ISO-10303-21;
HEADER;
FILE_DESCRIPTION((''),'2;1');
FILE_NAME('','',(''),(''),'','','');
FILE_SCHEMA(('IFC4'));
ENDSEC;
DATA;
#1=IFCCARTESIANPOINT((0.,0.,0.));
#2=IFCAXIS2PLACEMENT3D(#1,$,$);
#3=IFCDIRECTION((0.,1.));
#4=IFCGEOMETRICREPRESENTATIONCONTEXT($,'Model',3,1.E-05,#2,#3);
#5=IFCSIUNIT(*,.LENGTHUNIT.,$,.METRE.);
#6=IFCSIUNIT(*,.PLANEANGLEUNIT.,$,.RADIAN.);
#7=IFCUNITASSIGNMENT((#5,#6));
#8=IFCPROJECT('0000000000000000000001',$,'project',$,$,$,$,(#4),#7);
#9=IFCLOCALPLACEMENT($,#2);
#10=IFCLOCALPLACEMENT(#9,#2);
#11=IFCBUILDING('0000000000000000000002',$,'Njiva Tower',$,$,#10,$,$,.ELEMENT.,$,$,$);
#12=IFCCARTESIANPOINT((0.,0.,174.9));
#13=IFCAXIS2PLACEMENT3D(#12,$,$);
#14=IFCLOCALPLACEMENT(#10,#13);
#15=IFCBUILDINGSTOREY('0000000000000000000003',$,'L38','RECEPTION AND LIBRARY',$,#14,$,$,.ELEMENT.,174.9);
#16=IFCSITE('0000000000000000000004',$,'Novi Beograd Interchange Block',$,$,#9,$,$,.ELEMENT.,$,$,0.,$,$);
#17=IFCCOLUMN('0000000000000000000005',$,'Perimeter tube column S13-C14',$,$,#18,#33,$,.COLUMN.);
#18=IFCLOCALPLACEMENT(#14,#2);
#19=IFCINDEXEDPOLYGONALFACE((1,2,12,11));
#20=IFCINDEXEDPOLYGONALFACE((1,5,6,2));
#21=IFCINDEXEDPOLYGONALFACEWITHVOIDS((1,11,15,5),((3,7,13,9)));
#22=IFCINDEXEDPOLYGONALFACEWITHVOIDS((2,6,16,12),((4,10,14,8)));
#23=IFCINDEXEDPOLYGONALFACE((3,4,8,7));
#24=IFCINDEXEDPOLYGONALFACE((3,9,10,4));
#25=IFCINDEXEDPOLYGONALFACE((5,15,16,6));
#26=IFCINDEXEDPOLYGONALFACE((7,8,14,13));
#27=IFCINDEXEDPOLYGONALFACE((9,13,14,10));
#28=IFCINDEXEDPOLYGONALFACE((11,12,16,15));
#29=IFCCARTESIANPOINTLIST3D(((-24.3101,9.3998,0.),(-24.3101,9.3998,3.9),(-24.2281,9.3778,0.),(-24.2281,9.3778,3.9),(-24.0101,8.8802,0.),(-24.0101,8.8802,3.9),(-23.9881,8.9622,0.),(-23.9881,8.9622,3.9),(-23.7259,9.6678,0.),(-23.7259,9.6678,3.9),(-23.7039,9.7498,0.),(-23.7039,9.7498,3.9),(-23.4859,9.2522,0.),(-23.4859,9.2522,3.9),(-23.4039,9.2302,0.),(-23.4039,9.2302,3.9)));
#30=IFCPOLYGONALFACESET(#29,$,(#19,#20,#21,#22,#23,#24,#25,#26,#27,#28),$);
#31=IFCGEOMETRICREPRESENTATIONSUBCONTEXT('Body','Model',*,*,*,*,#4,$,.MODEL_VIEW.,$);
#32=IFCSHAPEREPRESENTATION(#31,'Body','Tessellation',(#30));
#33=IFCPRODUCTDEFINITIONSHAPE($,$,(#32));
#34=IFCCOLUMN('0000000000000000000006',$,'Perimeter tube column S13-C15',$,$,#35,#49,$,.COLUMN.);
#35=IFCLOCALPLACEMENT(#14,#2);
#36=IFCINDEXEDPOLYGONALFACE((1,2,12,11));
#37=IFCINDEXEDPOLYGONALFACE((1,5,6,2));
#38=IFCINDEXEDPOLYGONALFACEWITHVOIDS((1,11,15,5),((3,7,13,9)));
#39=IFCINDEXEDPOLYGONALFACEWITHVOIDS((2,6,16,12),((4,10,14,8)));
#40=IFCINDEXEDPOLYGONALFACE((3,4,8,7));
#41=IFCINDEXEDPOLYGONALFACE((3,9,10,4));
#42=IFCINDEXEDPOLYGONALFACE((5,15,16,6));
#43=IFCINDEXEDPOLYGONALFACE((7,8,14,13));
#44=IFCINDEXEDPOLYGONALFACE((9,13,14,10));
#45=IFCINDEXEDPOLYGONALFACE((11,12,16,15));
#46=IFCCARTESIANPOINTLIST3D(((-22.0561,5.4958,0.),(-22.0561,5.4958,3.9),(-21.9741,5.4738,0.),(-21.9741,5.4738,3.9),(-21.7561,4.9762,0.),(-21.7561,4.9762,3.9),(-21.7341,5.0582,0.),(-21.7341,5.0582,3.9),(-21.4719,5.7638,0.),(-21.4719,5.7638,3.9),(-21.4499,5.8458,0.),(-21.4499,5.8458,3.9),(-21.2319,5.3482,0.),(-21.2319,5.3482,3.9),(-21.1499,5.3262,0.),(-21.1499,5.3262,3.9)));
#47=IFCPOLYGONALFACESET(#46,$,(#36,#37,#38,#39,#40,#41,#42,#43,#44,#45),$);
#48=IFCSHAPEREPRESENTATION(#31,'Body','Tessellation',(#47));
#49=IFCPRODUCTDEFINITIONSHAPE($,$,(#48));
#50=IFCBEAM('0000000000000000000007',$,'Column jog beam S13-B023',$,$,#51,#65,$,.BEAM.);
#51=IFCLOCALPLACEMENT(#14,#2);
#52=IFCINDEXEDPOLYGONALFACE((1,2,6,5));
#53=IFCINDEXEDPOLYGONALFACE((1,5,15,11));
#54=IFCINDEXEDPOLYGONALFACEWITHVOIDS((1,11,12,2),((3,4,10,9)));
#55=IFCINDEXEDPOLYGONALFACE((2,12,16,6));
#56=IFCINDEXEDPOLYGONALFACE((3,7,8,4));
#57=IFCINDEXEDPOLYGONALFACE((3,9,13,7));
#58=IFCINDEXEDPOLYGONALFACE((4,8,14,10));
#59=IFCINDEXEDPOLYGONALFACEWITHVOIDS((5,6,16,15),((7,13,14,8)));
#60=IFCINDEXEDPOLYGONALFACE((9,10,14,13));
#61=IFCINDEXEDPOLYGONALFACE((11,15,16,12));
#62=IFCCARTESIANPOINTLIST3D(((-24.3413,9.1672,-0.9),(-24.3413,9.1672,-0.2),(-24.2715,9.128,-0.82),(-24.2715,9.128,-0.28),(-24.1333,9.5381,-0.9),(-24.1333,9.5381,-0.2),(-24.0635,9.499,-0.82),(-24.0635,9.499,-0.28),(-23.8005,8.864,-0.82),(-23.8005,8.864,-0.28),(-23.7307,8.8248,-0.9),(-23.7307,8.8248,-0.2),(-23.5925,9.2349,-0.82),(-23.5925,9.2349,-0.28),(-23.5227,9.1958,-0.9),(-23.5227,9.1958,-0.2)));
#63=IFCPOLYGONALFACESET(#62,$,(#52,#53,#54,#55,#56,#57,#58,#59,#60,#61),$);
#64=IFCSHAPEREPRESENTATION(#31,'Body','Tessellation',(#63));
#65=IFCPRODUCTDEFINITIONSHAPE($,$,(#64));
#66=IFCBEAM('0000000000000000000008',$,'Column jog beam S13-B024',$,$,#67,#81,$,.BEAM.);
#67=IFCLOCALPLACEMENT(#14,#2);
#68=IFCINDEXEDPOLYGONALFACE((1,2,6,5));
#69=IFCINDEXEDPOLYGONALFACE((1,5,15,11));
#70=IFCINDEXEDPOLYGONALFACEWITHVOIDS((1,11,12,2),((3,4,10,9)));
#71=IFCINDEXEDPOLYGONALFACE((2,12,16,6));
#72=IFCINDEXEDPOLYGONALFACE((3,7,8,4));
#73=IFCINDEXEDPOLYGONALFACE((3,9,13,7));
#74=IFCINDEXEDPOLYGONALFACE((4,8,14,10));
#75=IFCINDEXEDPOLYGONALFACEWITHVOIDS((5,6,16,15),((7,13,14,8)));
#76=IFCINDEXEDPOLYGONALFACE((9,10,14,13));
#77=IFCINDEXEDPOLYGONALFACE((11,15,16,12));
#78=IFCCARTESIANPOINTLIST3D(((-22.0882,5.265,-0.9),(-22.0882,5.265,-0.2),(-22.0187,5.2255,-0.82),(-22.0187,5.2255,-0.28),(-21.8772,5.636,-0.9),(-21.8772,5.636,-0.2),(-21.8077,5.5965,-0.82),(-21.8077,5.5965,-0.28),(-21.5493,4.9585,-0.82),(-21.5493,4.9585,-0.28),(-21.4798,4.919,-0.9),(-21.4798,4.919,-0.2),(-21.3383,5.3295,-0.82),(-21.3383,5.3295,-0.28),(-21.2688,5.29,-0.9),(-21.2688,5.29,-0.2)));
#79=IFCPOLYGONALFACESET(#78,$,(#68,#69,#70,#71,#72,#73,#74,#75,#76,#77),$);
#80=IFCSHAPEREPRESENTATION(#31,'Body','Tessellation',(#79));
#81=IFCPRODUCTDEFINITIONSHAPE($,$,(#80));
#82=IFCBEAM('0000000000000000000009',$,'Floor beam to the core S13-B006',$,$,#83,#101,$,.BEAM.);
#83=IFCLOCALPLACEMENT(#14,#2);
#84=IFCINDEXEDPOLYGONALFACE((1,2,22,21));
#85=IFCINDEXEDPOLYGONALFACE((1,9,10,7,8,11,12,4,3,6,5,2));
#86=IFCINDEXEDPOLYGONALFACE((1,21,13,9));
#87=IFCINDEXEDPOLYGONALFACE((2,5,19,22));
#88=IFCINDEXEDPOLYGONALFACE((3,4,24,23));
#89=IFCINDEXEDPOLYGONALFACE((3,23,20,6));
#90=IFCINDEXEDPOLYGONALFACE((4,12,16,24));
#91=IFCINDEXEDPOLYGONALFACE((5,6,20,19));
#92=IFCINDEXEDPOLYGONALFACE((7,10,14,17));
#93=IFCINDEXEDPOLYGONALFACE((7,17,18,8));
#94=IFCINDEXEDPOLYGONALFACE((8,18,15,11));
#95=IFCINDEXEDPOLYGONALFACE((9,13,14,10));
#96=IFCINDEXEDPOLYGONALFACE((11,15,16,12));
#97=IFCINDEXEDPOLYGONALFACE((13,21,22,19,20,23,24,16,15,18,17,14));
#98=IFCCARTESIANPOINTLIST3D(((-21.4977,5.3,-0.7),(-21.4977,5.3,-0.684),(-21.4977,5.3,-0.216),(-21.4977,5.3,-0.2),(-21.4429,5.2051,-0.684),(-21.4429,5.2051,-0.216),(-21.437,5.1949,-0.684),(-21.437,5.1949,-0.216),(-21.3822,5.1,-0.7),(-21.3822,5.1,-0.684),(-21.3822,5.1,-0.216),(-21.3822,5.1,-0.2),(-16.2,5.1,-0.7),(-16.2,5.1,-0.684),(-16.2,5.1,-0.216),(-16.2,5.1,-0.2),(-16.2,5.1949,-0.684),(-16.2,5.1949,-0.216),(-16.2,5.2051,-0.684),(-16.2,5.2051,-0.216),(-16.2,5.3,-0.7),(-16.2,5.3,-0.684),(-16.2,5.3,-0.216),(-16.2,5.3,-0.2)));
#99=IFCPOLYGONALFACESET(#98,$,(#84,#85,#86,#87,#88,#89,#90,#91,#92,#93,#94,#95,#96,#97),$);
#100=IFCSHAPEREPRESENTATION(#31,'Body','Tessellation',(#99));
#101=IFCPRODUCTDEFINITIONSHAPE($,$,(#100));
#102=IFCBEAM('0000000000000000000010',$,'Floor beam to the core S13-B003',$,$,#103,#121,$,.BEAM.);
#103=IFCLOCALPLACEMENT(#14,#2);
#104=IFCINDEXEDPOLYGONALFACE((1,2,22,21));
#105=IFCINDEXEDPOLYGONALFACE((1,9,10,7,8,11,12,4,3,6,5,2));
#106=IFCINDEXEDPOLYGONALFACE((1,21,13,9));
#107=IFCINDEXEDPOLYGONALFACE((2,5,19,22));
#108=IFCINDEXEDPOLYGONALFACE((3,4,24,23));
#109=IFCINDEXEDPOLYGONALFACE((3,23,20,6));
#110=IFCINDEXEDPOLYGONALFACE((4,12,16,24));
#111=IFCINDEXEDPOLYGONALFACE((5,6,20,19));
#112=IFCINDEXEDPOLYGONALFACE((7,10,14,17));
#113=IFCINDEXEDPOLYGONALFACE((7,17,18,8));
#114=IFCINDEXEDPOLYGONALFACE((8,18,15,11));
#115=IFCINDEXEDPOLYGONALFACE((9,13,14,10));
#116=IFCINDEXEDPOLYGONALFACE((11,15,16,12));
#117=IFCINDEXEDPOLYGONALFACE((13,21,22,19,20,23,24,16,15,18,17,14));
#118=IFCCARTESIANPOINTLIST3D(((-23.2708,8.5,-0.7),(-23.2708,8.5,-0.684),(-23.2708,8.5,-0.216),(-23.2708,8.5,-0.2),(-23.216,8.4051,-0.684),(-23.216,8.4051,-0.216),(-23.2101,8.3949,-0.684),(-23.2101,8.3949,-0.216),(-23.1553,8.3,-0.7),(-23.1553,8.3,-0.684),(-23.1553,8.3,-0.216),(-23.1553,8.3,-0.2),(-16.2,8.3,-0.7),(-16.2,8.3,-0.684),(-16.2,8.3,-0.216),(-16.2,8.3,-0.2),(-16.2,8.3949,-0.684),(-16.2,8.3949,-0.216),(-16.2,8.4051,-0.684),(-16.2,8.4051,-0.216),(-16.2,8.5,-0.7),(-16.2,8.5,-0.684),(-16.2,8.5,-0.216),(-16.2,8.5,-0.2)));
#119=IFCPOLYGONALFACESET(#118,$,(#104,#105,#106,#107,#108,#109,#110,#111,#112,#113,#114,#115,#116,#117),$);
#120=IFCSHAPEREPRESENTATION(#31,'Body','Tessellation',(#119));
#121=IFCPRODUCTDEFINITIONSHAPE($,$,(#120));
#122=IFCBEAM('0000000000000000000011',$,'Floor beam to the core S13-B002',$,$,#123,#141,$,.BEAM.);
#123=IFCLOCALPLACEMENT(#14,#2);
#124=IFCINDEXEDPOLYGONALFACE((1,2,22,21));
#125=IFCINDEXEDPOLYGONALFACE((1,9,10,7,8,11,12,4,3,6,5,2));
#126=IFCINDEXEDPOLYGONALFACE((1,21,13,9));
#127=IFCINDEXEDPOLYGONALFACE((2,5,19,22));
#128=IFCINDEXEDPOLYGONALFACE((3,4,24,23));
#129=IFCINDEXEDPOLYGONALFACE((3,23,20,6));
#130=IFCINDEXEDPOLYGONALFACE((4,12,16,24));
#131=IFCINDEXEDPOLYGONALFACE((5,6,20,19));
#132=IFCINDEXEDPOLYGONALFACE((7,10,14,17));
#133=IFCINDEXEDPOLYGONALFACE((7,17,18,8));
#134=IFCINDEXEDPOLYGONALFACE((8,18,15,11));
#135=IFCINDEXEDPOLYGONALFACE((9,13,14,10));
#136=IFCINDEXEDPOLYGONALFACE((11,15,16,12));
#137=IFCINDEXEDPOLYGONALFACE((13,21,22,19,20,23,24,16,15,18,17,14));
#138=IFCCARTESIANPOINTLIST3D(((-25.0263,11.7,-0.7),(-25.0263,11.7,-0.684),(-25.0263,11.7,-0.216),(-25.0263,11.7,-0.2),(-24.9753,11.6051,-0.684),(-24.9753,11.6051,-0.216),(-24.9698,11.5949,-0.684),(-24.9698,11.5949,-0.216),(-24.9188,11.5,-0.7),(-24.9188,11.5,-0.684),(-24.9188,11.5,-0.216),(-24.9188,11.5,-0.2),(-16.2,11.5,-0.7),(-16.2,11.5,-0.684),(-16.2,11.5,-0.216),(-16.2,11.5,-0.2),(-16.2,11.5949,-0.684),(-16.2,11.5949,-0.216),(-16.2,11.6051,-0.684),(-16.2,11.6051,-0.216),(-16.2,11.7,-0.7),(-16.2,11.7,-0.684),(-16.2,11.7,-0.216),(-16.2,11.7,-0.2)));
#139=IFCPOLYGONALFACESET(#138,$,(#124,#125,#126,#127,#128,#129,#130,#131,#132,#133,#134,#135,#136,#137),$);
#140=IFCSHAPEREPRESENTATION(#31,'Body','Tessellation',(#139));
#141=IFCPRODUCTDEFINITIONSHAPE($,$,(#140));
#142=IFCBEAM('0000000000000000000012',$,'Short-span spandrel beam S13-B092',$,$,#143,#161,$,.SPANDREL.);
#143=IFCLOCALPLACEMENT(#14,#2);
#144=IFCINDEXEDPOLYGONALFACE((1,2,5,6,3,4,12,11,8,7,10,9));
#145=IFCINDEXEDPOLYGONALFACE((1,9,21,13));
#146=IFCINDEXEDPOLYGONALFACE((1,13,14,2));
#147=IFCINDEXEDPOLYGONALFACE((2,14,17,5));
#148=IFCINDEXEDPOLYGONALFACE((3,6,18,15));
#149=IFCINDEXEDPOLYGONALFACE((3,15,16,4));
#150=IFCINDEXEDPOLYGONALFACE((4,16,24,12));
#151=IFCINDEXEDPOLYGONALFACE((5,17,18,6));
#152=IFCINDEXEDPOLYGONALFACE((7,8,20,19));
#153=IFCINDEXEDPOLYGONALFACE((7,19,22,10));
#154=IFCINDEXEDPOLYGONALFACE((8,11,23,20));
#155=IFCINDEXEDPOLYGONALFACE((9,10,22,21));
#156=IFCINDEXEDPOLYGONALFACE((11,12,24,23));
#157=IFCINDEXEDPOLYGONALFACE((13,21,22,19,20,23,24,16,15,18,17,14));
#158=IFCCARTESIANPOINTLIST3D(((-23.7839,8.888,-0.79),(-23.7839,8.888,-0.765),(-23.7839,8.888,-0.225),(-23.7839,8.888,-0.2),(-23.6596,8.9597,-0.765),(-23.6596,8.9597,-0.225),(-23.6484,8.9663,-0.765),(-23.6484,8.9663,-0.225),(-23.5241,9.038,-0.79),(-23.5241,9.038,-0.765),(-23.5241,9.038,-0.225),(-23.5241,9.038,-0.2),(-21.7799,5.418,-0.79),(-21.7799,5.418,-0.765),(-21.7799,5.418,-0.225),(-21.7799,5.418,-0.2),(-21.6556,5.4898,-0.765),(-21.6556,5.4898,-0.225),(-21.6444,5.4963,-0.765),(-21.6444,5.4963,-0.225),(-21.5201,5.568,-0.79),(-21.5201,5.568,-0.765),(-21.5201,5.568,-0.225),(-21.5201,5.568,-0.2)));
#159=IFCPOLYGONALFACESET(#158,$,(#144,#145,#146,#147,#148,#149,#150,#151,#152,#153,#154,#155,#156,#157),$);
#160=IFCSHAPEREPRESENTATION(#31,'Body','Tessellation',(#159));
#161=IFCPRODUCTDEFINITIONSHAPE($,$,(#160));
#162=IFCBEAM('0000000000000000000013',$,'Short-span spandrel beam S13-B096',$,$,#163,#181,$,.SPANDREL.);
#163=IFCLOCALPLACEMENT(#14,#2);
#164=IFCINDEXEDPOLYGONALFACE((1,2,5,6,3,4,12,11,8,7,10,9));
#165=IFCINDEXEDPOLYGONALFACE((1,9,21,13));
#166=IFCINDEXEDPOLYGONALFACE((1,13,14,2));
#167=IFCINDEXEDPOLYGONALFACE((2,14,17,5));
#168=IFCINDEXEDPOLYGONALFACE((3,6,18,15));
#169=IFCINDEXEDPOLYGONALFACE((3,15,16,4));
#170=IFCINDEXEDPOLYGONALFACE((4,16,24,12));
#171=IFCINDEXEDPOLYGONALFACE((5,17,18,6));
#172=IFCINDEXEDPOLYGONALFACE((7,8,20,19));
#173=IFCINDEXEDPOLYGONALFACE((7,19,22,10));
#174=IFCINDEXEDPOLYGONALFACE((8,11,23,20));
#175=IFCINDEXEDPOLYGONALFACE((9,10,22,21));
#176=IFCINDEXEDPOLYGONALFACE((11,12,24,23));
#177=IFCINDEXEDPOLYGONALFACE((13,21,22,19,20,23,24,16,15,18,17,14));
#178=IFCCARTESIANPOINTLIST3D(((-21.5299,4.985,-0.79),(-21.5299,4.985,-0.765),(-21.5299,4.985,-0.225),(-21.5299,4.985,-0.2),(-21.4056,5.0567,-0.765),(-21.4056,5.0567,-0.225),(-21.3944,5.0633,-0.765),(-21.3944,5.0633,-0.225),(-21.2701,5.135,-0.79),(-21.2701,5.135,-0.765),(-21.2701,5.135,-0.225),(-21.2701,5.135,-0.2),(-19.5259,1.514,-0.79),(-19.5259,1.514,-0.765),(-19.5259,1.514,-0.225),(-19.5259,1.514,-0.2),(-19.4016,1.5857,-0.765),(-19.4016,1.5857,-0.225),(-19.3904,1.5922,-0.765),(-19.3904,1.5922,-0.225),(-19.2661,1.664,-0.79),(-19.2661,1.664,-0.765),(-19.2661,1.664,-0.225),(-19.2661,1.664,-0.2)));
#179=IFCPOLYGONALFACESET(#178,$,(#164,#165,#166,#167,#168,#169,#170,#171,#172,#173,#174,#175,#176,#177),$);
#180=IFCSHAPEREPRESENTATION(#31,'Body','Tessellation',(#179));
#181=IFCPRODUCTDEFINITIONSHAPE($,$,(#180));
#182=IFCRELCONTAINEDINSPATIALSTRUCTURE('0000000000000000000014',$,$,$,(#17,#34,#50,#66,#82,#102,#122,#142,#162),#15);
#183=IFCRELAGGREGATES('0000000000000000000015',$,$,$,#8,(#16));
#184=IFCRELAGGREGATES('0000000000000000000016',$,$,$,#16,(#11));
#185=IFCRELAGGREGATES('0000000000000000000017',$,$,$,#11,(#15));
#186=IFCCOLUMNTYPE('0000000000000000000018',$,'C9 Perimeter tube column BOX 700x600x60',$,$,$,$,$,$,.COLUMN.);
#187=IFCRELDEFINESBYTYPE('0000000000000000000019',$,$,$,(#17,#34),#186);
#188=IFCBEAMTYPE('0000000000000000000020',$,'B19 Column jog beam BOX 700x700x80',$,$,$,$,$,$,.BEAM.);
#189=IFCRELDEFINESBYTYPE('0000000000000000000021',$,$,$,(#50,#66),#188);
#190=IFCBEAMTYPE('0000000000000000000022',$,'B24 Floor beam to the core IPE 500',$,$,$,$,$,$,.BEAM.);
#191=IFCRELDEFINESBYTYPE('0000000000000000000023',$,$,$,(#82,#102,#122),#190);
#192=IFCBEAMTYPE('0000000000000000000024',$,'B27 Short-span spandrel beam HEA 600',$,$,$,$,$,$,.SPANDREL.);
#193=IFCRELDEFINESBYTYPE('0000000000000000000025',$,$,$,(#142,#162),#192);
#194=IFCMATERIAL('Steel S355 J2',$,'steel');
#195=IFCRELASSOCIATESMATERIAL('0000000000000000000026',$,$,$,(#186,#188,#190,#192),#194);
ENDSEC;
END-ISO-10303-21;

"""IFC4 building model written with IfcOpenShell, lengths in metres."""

from ifc_helpers import new_model, si_unit, direction, frame, origin, origin_2d, place, context, subcontext, project, spatial, hollow_rectangle, i_section, extrude, clip, halfspace, material, material_profile, profile_set, type_object, element, save


model = new_model("IFC4")

# Units and contexts
model_context = context("Model", 3, precision=1e-05, world=origin(), true_north=direction((0.0, 1.0)))
body_context = subcontext(model_context, "Body", "Model", "MODEL_VIEW")
ifc_project = project(units=[si_unit("LENGTHUNIT", "METRE"), si_unit("PLANEANGLEUNIT", "RADIAN")], contexts=[model_context])

# Site, building, storey
site_placement = place(None, origin())
site = spatial("IfcSite", under=ifc_project, at=site_placement, Name="Novi Beograd Interchange Block", CompositionType="ELEMENT", RefElevation=0.0)
building_placement = place(site_placement, origin())
building = spatial("IfcBuilding", under=site, at=building_placement, Name="Njiva Tower", CompositionType="ELEMENT")
storey_placement = place(building_placement, frame((0.0, 0.0, 174.9)))
storey = spatial("IfcBuildingStorey", under=building, at=storey_placement, Name="L38", Description="RECEPTION AND LIBRARY", CompositionType="ELEMENT", Elevation=174.9)

# Columns
ifc_material_1 = material(Name="Steel S355 J2", Category="steel")
ifc_material_profile_1 = material_profile(ifc_material_1, hollow_rectangle(XDim=0.6, YDim=0.7, WallThickness=0.06, at=origin_2d()), Name="BOX 700x600x60")
ifc_profile_set_1 = profile_set([ifc_material_profile_1], Name="Steel S355 J2")
column_type = type_object("IfcColumnType", Name="C9 Perimeter tube column BOX 700x600x60", PredefinedType="COLUMN", material=ifc_profile_set_1)
for number, where, z_axis, x_axis, name in (
    (1, (-23.857, 9.315, 0.0), (0.0, 0.0, 1.0), (0.5, -0.866025, 0.0), "Perimeter tube column S13-C14"),
    (2, (-21.603, 5.411, 0.0), (0.0, 0.0, 1.0), (0.5, -0.866025, 0.0), "Perimeter tube column S13-C15"),
):
    element("IfcColumn", number, at=place(storey_placement, frame(where, z_axis=z_axis, x_axis=x_axis)), inside=storey, type_object=column_type, Name=name, PredefinedType="COLUMN", context=body_context, shape_type="SweptSolid", body=[
        extrude(hollow_rectangle(XDim=0.6, YDim=0.7, WallThickness=0.06, at=origin_2d()), origin(), (0.0, 0.0, 1.0), 3.9),
    ])

# Beams
ifc_material_profile_2 = material_profile(ifc_material_1, hollow_rectangle(XDim=0.7, YDim=0.7, WallThickness=0.08, at=origin_2d()), Name="BOX 700x700x80")
ifc_profile_set_2 = profile_set([ifc_material_profile_2], Name="Steel S355 J2")
beam_type_1 = type_object("IfcBeamType", Name="B19 Column jog beam BOX 700x700x80", PredefinedType="BEAM", material=ifc_profile_set_2)
beam_1_placement = place(storey_placement, frame((-24.036, 8.996, -0.55), z_axis=(0.489033, 0.872265, 0.0), x_axis=(-0.872265, 0.489033, 0.0)))
element("IfcBeam", 3, at=beam_1_placement, inside=storey, type_object=beam_type_1, Name="Column jog beam S13-B023", PredefinedType="BEAM", context=body_context, shape_type="SweptSolid", body=[
    extrude(hollow_rectangle(XDim=0.7, YDim=0.7, WallThickness=0.08, at=origin_2d()), origin(), (0.0, 0.0, 1.0), 0.4253),
])
beam_2_placement = place(storey_placement, frame((-21.784, 5.092, -0.55), z_axis=(0.494372, 0.869251, 0.0), x_axis=(-0.869251, 0.494372, 0.0)))
element("IfcBeam", 4, at=beam_2_placement, inside=storey, type_object=beam_type_1, Name="Column jog beam S13-B024", PredefinedType="BEAM", context=body_context, shape_type="SweptSolid", body=[
    extrude(hollow_rectangle(XDim=0.7, YDim=0.7, WallThickness=0.08, at=origin_2d()), origin(), (0.0, 0.0, 1.0), 0.4268),
])
ifc_material_profile_3 = material_profile(ifc_material_1, i_section(OverallWidth=0.2, OverallDepth=0.5, WebThickness=0.0102, FlangeThickness=0.016, at=origin_2d()), Name="IPE 500")
ifc_profile_set_3 = profile_set([ifc_material_profile_3], Name="Steel S355 J2")
beam_type_2 = type_object("IfcBeamType", Name="B24 Floor beam to the core IPE 500", PredefinedType="BEAM", material=ifc_profile_set_3)
beam_3_placement = place(storey_placement, frame((-21.518, 5.2, -0.45), z_axis=(1.0, 0.0, 0.0), x_axis=(0.0, 1.0, 0.0)))
element("IfcBeam", 5, at=beam_3_placement, inside=storey, type_object=beam_type_2, Name="Floor beam to the core S13-B006", PredefinedType="BEAM", context=body_context, shape_type="Clipping", body=[
    clip(extrude(i_section(OverallWidth=0.2, OverallDepth=0.5, WebThickness=0.0102, FlangeThickness=0.016, at=origin_2d()), origin(), (0.0, 0.0, 1.0), 5.318), halfspace(frame((-0.025, 0.0, 0.0925), z_axis=(-0.499998, 0.0, -0.866027), x_axis=(0.0, -1.0, 0.0)), False)),
])
beam_4_placement = place(storey_placement, frame((-23.291, 8.4, -0.45), z_axis=(1.0, 0.0, 0.0), x_axis=(0.0, 1.0, 0.0)))
element("IfcBeam", 6, at=beam_4_placement, inside=storey, type_object=beam_type_2, Name="Floor beam to the core S13-B003", PredefinedType="BEAM", context=body_context, shape_type="Clipping", body=[
    clip(extrude(i_section(OverallWidth=0.2, OverallDepth=0.5, WebThickness=0.0102, FlangeThickness=0.016, at=origin_2d()), origin(), (0.0, 0.0, 1.0), 7.091), halfspace(frame((-0.025, 0.0, 0.0924), z_axis=(-0.499998, 0.0, -0.866027), x_axis=(0.0, -1.0, 0.0)), False)),
])
beam_5_placement = place(storey_placement, frame((-25.047, 11.6, -0.45), z_axis=(1.0, 0.0, 0.0), x_axis=(0.0, 1.0, 0.0)))
element("IfcBeam", 7, at=beam_5_placement, inside=storey, type_object=beam_type_2, Name="Floor beam to the core S13-B002", PredefinedType="BEAM", context=body_context, shape_type="Clipping", body=[
    clip(extrude(i_section(OverallWidth=0.2, OverallDepth=0.5, WebThickness=0.0102, FlangeThickness=0.016, at=origin_2d()), origin(), (0.0, 0.0, 1.0), 8.847), halfspace(frame((-0.0237, 0.0, 0.0872), z_axis=(-0.473777, 0.0, -0.880645), x_axis=(0.0, -1.0, 0.0)), False)),
])
ifc_material_profile_4 = material_profile(ifc_material_1, i_section(OverallWidth=0.3, OverallDepth=0.59, WebThickness=0.013, FlangeThickness=0.025, at=origin_2d()), Name="HEA 600")
ifc_profile_set_4 = profile_set([ifc_material_profile_4], Name="Steel S355 J2")
beam_type_3 = type_object("IfcBeamType", Name="B27 Short-span spandrel beam HEA 600", PredefinedType="SPANDREL", material=ifc_profile_set_4)
beam_6_placement = place(storey_placement, frame((-23.654, 8.963, -0.495), z_axis=(0.500111, -0.865961, 0.0), x_axis=(0.865961, 0.500111, 0.0)))
element("IfcBeam", 8, at=beam_6_placement, inside=storey, type_object=beam_type_3, Name="Short-span spandrel beam S13-B092", PredefinedType="SPANDREL", context=body_context, shape_type="SweptSolid", body=[
    extrude(i_section(OverallWidth=0.3, OverallDepth=0.59, WebThickness=0.013, FlangeThickness=0.025, at=origin_2d()), origin(), (0.0, 0.0, 1.0), 4.0071),
])
beam_7_placement = place(storey_placement, frame((-21.4, 5.06, -0.495), z_axis=(0.500003, -0.866024, 0.0), x_axis=(0.866024, 0.500003, 0.0)))
element("IfcBeam", 9, at=beam_7_placement, inside=storey, type_object=beam_type_3, Name="Short-span spandrel beam S13-B096", PredefinedType="SPANDREL", context=body_context, shape_type="SweptSolid", body=[
    extrude(i_section(OverallWidth=0.3, OverallDepth=0.59, WebThickness=0.013, FlangeThickness=0.025, at=origin_2d()), origin(), (0.0, 0.0, 1.0), 4.008),
])

save(model, "model.ifc")
